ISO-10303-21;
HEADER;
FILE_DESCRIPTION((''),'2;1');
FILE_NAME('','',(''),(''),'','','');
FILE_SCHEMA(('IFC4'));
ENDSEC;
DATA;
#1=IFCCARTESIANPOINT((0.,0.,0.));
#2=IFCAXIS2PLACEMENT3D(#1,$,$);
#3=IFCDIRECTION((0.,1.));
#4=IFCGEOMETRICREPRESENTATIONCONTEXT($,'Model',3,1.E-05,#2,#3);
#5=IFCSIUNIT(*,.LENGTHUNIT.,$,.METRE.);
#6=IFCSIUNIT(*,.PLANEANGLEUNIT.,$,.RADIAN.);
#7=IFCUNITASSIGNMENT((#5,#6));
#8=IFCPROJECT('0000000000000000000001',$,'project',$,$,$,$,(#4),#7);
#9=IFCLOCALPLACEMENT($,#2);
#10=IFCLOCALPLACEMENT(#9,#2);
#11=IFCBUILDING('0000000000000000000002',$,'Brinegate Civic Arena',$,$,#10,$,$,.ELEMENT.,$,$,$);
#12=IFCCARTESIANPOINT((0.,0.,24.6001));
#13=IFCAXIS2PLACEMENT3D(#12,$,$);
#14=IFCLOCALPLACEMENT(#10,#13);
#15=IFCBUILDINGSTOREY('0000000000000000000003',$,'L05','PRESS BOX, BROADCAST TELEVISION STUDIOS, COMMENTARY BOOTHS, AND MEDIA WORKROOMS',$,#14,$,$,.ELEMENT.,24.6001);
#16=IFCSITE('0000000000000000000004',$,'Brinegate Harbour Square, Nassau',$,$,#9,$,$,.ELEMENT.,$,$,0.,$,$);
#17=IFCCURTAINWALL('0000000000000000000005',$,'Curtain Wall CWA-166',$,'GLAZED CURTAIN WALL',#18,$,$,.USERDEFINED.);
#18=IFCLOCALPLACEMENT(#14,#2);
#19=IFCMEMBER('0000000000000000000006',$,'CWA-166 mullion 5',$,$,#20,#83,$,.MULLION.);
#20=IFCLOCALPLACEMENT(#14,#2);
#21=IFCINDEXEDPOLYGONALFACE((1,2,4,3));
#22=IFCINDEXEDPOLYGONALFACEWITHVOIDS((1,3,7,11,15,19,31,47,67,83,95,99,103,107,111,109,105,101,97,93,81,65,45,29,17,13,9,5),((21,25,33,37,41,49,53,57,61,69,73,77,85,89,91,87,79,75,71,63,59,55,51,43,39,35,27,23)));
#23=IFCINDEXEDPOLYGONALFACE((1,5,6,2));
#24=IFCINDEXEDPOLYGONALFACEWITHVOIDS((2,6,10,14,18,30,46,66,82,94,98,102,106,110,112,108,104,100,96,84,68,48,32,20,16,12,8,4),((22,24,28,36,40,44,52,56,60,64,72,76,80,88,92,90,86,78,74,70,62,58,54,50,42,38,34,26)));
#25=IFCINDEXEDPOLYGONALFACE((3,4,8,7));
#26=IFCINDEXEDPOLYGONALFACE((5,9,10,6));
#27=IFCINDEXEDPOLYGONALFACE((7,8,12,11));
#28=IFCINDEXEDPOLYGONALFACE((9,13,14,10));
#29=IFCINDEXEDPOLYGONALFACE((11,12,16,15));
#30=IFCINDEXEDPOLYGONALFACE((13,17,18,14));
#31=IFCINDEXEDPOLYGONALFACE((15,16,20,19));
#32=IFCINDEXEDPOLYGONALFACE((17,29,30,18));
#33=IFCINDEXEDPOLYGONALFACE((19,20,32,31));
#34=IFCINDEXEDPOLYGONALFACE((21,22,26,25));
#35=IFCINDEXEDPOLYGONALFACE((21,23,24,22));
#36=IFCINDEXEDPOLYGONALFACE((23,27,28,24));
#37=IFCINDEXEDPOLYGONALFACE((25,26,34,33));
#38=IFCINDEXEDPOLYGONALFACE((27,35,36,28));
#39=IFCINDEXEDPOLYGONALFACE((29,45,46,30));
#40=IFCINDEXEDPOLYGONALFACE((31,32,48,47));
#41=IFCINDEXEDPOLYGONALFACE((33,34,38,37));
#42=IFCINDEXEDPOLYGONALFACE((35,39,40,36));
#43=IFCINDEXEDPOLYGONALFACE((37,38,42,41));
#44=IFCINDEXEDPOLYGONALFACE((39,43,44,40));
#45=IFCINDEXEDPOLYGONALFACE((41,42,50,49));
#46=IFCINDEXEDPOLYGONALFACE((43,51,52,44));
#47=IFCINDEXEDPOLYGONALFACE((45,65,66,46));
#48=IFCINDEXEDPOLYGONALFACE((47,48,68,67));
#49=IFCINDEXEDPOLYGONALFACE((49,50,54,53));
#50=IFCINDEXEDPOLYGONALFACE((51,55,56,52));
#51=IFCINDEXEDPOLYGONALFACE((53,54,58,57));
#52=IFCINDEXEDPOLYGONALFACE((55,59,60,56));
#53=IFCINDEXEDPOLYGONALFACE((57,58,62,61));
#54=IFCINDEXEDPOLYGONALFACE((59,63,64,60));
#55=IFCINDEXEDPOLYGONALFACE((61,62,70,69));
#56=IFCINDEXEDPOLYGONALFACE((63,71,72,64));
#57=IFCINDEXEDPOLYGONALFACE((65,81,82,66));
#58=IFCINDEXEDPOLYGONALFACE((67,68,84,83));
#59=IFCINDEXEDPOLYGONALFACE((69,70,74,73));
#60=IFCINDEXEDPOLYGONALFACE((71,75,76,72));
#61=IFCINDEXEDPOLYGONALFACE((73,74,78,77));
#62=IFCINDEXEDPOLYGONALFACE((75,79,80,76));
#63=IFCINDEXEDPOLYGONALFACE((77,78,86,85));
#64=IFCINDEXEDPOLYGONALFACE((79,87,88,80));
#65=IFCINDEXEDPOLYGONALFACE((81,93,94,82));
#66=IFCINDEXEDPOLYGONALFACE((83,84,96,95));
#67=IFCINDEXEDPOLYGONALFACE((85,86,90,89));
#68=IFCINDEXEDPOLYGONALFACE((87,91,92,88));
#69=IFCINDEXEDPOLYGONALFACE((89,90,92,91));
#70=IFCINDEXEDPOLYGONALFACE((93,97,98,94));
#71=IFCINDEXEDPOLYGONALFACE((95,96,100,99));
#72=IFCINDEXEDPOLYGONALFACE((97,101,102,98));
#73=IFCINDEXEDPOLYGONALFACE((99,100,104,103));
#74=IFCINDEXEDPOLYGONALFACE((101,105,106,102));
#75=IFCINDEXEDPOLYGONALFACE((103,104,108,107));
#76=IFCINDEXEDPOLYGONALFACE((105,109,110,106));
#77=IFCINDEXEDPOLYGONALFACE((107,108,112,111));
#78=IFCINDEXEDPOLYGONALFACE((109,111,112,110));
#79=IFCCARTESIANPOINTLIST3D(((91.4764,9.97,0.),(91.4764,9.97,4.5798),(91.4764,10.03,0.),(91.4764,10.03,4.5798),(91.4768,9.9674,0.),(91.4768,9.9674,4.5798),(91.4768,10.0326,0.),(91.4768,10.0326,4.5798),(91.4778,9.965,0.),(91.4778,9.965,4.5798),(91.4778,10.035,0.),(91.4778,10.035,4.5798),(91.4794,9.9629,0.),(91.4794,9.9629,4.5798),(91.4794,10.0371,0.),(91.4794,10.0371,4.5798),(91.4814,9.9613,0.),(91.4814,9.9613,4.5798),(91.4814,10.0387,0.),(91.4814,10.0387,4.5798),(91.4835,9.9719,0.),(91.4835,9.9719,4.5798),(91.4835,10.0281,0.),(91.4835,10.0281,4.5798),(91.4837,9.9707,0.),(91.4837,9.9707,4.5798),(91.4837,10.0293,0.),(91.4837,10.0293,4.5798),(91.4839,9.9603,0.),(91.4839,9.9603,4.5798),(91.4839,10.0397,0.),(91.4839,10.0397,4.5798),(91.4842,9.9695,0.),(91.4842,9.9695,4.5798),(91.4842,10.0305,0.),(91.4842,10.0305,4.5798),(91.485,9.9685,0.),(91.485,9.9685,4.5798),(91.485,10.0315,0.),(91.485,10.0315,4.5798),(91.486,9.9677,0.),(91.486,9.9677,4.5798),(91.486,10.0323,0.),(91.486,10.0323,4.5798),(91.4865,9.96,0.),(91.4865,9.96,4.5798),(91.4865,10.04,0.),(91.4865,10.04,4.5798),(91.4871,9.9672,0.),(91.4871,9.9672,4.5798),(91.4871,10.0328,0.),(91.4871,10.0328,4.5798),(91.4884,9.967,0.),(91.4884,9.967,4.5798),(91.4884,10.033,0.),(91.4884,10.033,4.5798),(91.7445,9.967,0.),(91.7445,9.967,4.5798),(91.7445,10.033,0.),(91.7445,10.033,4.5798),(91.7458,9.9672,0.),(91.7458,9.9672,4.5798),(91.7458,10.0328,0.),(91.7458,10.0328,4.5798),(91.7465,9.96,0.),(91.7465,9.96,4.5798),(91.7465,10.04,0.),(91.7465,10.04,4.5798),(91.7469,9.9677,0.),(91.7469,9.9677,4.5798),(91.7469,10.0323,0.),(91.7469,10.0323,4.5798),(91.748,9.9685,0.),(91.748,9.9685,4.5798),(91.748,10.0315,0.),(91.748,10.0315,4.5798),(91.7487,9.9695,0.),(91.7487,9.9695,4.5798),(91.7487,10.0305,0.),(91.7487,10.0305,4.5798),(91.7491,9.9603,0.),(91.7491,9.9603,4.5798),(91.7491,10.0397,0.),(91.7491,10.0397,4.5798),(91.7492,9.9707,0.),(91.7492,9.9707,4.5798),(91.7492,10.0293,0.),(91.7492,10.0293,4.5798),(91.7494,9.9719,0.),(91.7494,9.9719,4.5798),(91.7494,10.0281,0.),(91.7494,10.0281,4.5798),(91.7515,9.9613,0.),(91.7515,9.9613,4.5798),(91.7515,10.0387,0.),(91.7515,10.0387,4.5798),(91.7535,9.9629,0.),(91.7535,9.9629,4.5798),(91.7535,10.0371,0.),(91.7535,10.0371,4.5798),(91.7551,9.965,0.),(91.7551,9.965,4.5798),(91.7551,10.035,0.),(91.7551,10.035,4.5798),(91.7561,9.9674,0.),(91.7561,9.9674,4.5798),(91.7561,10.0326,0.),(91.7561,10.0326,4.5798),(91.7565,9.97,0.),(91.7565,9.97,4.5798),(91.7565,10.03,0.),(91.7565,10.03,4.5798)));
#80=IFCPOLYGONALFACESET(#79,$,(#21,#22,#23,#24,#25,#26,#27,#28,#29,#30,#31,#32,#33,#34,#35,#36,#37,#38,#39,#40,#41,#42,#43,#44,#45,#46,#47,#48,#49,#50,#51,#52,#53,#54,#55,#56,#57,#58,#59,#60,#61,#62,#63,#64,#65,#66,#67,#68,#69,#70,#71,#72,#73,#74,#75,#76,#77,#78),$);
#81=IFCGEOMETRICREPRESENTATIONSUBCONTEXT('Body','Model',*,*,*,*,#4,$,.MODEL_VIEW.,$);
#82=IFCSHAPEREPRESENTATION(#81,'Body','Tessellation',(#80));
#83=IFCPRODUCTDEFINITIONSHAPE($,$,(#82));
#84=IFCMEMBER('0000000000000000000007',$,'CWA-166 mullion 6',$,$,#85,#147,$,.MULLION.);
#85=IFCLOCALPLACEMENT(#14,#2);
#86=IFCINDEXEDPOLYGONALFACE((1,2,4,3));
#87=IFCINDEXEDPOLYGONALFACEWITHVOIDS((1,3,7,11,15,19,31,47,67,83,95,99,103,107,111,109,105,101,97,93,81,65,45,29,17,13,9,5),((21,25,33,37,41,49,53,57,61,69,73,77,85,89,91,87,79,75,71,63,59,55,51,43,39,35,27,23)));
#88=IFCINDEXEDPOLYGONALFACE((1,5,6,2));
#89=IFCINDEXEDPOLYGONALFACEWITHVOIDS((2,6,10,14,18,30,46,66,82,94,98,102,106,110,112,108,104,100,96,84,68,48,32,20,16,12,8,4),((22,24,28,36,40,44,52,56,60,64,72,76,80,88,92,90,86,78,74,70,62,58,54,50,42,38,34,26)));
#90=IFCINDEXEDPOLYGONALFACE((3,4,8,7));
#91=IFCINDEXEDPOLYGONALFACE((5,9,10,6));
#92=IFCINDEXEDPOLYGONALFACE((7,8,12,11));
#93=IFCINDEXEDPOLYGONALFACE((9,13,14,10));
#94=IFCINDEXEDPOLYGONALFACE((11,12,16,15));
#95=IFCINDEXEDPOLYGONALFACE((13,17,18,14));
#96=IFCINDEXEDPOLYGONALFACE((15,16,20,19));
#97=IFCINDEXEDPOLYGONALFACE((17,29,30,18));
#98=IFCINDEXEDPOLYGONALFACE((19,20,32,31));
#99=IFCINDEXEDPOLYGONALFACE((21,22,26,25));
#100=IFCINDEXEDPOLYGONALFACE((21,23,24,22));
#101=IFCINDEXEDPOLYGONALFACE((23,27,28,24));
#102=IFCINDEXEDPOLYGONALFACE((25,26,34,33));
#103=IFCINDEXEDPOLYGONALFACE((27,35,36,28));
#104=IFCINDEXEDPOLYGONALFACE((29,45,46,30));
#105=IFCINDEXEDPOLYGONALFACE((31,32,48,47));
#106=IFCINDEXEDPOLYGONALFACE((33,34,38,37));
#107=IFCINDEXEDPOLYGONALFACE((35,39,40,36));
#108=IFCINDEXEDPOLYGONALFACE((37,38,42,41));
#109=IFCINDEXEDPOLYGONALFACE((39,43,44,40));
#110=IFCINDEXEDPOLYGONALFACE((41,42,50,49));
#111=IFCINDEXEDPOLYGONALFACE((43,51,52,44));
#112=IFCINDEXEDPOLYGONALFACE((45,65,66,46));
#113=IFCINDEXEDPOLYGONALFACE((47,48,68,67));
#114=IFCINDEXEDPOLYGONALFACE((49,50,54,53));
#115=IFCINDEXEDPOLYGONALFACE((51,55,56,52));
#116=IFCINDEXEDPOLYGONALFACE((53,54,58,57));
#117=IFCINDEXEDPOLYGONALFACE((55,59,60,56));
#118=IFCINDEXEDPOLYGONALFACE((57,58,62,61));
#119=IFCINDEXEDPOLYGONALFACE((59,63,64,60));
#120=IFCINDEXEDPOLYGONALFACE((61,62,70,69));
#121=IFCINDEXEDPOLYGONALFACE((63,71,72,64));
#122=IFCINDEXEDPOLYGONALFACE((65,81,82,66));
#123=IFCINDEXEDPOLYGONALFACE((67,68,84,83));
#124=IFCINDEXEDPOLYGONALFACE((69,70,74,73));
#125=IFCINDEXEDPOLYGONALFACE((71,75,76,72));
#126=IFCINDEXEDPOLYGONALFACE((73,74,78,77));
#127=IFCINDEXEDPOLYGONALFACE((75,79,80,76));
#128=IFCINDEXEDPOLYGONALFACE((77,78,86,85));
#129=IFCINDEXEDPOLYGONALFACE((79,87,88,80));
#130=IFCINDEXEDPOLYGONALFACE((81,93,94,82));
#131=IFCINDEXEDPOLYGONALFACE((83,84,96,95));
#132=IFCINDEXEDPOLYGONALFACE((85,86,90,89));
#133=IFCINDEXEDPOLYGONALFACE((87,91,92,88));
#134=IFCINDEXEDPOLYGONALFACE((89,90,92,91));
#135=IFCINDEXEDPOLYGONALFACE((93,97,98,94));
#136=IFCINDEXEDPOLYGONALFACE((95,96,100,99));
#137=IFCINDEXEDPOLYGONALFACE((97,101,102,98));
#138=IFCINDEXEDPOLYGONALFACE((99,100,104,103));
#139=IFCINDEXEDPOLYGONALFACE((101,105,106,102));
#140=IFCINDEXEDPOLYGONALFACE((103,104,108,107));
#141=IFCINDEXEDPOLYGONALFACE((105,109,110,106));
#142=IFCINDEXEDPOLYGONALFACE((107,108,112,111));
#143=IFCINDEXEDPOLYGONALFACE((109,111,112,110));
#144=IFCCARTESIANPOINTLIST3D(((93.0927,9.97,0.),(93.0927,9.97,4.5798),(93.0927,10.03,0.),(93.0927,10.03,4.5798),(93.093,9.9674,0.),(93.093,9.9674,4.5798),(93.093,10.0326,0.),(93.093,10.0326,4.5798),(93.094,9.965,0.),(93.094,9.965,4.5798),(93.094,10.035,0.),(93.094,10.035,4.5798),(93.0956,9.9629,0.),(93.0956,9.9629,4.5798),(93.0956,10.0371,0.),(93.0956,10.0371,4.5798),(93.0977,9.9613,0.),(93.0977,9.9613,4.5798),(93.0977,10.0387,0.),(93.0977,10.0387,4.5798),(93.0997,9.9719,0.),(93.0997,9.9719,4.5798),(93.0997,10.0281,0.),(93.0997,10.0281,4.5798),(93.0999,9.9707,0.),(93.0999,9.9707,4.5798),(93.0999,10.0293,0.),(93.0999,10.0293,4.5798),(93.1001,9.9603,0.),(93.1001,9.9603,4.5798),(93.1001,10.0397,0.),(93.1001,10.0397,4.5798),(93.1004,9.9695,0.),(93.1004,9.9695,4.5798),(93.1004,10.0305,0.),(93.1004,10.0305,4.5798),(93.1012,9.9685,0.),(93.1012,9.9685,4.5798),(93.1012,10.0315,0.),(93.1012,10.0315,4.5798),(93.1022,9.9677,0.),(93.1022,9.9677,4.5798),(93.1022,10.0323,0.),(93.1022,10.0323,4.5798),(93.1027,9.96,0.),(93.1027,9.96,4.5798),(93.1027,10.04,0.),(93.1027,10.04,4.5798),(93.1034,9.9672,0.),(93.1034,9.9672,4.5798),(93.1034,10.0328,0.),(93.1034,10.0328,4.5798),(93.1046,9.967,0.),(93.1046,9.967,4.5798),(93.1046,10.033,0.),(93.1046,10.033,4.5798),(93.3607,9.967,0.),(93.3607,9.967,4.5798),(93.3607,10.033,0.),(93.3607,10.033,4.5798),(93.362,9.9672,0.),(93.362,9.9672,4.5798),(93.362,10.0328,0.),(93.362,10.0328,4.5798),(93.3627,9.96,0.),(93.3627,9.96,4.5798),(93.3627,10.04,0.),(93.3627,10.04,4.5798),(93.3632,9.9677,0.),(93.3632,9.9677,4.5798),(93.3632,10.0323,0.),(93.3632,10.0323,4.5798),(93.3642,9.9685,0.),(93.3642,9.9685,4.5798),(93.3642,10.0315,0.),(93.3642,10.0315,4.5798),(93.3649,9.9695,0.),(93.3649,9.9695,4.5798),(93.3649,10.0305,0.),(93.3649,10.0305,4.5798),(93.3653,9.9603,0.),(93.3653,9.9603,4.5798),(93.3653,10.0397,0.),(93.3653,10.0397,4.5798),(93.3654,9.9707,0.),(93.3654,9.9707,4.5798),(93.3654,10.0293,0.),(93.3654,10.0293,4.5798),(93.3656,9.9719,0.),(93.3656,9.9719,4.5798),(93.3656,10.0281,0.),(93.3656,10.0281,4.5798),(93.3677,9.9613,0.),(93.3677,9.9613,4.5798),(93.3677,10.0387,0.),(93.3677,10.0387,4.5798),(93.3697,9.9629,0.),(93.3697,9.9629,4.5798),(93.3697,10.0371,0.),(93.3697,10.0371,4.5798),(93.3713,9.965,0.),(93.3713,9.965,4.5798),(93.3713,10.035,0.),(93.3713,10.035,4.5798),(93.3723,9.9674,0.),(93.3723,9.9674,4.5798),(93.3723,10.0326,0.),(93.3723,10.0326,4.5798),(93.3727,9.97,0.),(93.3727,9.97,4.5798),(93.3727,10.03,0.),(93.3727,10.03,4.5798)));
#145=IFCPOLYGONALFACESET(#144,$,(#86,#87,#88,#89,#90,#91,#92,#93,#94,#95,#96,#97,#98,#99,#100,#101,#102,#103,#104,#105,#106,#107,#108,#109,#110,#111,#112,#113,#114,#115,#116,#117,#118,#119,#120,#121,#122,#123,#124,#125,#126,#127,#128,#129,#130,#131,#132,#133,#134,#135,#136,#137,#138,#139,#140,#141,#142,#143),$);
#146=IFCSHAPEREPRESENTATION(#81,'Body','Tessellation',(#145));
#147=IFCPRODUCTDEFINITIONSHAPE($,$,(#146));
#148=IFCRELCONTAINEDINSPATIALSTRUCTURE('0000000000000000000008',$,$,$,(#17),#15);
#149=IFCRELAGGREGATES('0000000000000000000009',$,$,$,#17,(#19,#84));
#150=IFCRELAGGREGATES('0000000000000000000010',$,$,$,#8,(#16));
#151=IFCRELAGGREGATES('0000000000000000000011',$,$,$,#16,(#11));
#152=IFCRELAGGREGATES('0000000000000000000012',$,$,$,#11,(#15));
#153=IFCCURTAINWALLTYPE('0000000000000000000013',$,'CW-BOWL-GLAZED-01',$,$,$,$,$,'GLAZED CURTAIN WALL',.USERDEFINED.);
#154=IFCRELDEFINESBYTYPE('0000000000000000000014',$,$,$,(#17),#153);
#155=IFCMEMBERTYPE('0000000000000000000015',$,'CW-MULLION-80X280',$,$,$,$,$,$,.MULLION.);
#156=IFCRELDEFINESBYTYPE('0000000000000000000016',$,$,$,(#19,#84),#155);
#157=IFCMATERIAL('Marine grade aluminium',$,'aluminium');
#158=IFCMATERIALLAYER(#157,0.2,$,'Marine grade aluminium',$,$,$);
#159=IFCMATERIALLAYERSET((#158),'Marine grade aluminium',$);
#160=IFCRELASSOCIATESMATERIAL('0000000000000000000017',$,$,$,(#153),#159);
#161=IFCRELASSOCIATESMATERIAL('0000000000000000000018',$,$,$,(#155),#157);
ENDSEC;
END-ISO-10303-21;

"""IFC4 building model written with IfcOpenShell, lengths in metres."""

from ifc_helpers import new_model, si_unit, direction, frame, origin, origin_2d, place, context, subcontext, project, spatial, hollow_rectangle, extrude, material, layer, layer_set, material_profile, profile_set, type_object, element, aggregate, save


model = new_model("IFC4")

# Units and contexts
model_context = context("Model", 3, precision=1e-05, world=origin(), true_north=direction((0.0, 1.0)))
body_context = subcontext(model_context, "Body", "Model", "MODEL_VIEW")
ifc_project = project(units=[si_unit("LENGTHUNIT", "METRE"), si_unit("PLANEANGLEUNIT", "RADIAN")], contexts=[model_context])

# Site, building, storey
site_placement = place(None, origin())
site = spatial("IfcSite", under=ifc_project, at=site_placement, Name="Brinegate Harbour Square, Nassau", CompositionType="ELEMENT", RefElevation=0.0)
building_placement = place(site_placement, origin())
building = spatial("IfcBuilding", under=site, at=building_placement, Name="Brinegate Civic Arena", CompositionType="ELEMENT")
storey_placement = place(building_placement, frame((0.0, 0.0, 24.6001)))
storey = spatial("IfcBuildingStorey", under=building, at=storey_placement, Name="L05", Description="PRESS BOX, BROADCAST TELEVISION STUDIOS, COMMENTARY BOOTHS, AND MEDIA WORKROOMS", CompositionType="ELEMENT", Elevation=24.6001)

# Shared definitions
ifc_material_1 = material(Name="Marine grade aluminium", Category="aluminium")
ifc_layer_1 = layer(ifc_material_1, 0.2, Name="Marine grade aluminium")
ifc_layer_set_1 = layer_set([ifc_layer_1], Name="Marine grade aluminium")
curtain_wall_type = type_object("IfcCurtainWallType", Name="CW-BOWL-GLAZED-01", ElementType="GLAZED CURTAIN WALL", PredefinedType="USERDEFINED", material=ifc_layer_set_1)

# Curtain wall, members
curtain_wall_1_placement = place(storey_placement, origin())
curtain_wall_1 = element("IfcCurtainWall", 1, at=curtain_wall_1_placement, inside=storey, type_object=curtain_wall_type, Name="Curtain Wall CWA-166", ObjectType="GLAZED CURTAIN WALL", PredefinedType="USERDEFINED")
ifc_material_profile_1 = material_profile(ifc_material_1, hollow_rectangle(XDim=0.0801, YDim=0.28, WallThickness=0.0071, InnerFilletRadius=0.0049, OuterFilletRadius=0.01, at=origin_2d()), Name="MUL80X280")
ifc_profile_set_1 = profile_set([ifc_material_profile_1], Name="Marine grade aluminium")
member_type_1 = type_object("IfcMemberType", Name="CW-MULLION-80X280", PredefinedType="MULLION", material=ifc_profile_set_1)
member_1_placement = place(storey_placement, frame((91.6165, 10.0, 0.0), z_axis=(0.0, 0.0, 1.0), x_axis=(0.0, 1.0, 0.0)))
member_1 = element("IfcMember", 2, at=member_1_placement, type_object=member_type_1, Name="CWA-166 mullion 5", PredefinedType="MULLION", context=body_context, shape_type="SweptSolid", body=[
    extrude(hollow_rectangle(XDim=0.0801, YDim=0.28, WallThickness=0.0071, InnerFilletRadius=0.0049, OuterFilletRadius=0.01, at=origin_2d()), origin(), (0.0, 0.0, 1.0), 4.5798),
])
member_2_placement = place(storey_placement, frame((93.2327, 10.0, 0.0), z_axis=(0.0, 0.0, 1.0), x_axis=(0.0, 1.0, 0.0)))
member_2 = element("IfcMember", 3, at=member_2_placement, type_object=member_type_1, Name="CWA-166 mullion 6", PredefinedType="MULLION", context=body_context, shape_type="SweptSolid", body=[
    extrude(hollow_rectangle(XDim=0.0801, YDim=0.28, WallThickness=0.0071, InnerFilletRadius=0.0049, OuterFilletRadius=0.01, at=origin_2d()), origin(), (0.0, 0.0, 1.0), 4.5798),
])

aggregate(curtain_wall_1, [member_1, member_2])

save(model, "model.ifc")
